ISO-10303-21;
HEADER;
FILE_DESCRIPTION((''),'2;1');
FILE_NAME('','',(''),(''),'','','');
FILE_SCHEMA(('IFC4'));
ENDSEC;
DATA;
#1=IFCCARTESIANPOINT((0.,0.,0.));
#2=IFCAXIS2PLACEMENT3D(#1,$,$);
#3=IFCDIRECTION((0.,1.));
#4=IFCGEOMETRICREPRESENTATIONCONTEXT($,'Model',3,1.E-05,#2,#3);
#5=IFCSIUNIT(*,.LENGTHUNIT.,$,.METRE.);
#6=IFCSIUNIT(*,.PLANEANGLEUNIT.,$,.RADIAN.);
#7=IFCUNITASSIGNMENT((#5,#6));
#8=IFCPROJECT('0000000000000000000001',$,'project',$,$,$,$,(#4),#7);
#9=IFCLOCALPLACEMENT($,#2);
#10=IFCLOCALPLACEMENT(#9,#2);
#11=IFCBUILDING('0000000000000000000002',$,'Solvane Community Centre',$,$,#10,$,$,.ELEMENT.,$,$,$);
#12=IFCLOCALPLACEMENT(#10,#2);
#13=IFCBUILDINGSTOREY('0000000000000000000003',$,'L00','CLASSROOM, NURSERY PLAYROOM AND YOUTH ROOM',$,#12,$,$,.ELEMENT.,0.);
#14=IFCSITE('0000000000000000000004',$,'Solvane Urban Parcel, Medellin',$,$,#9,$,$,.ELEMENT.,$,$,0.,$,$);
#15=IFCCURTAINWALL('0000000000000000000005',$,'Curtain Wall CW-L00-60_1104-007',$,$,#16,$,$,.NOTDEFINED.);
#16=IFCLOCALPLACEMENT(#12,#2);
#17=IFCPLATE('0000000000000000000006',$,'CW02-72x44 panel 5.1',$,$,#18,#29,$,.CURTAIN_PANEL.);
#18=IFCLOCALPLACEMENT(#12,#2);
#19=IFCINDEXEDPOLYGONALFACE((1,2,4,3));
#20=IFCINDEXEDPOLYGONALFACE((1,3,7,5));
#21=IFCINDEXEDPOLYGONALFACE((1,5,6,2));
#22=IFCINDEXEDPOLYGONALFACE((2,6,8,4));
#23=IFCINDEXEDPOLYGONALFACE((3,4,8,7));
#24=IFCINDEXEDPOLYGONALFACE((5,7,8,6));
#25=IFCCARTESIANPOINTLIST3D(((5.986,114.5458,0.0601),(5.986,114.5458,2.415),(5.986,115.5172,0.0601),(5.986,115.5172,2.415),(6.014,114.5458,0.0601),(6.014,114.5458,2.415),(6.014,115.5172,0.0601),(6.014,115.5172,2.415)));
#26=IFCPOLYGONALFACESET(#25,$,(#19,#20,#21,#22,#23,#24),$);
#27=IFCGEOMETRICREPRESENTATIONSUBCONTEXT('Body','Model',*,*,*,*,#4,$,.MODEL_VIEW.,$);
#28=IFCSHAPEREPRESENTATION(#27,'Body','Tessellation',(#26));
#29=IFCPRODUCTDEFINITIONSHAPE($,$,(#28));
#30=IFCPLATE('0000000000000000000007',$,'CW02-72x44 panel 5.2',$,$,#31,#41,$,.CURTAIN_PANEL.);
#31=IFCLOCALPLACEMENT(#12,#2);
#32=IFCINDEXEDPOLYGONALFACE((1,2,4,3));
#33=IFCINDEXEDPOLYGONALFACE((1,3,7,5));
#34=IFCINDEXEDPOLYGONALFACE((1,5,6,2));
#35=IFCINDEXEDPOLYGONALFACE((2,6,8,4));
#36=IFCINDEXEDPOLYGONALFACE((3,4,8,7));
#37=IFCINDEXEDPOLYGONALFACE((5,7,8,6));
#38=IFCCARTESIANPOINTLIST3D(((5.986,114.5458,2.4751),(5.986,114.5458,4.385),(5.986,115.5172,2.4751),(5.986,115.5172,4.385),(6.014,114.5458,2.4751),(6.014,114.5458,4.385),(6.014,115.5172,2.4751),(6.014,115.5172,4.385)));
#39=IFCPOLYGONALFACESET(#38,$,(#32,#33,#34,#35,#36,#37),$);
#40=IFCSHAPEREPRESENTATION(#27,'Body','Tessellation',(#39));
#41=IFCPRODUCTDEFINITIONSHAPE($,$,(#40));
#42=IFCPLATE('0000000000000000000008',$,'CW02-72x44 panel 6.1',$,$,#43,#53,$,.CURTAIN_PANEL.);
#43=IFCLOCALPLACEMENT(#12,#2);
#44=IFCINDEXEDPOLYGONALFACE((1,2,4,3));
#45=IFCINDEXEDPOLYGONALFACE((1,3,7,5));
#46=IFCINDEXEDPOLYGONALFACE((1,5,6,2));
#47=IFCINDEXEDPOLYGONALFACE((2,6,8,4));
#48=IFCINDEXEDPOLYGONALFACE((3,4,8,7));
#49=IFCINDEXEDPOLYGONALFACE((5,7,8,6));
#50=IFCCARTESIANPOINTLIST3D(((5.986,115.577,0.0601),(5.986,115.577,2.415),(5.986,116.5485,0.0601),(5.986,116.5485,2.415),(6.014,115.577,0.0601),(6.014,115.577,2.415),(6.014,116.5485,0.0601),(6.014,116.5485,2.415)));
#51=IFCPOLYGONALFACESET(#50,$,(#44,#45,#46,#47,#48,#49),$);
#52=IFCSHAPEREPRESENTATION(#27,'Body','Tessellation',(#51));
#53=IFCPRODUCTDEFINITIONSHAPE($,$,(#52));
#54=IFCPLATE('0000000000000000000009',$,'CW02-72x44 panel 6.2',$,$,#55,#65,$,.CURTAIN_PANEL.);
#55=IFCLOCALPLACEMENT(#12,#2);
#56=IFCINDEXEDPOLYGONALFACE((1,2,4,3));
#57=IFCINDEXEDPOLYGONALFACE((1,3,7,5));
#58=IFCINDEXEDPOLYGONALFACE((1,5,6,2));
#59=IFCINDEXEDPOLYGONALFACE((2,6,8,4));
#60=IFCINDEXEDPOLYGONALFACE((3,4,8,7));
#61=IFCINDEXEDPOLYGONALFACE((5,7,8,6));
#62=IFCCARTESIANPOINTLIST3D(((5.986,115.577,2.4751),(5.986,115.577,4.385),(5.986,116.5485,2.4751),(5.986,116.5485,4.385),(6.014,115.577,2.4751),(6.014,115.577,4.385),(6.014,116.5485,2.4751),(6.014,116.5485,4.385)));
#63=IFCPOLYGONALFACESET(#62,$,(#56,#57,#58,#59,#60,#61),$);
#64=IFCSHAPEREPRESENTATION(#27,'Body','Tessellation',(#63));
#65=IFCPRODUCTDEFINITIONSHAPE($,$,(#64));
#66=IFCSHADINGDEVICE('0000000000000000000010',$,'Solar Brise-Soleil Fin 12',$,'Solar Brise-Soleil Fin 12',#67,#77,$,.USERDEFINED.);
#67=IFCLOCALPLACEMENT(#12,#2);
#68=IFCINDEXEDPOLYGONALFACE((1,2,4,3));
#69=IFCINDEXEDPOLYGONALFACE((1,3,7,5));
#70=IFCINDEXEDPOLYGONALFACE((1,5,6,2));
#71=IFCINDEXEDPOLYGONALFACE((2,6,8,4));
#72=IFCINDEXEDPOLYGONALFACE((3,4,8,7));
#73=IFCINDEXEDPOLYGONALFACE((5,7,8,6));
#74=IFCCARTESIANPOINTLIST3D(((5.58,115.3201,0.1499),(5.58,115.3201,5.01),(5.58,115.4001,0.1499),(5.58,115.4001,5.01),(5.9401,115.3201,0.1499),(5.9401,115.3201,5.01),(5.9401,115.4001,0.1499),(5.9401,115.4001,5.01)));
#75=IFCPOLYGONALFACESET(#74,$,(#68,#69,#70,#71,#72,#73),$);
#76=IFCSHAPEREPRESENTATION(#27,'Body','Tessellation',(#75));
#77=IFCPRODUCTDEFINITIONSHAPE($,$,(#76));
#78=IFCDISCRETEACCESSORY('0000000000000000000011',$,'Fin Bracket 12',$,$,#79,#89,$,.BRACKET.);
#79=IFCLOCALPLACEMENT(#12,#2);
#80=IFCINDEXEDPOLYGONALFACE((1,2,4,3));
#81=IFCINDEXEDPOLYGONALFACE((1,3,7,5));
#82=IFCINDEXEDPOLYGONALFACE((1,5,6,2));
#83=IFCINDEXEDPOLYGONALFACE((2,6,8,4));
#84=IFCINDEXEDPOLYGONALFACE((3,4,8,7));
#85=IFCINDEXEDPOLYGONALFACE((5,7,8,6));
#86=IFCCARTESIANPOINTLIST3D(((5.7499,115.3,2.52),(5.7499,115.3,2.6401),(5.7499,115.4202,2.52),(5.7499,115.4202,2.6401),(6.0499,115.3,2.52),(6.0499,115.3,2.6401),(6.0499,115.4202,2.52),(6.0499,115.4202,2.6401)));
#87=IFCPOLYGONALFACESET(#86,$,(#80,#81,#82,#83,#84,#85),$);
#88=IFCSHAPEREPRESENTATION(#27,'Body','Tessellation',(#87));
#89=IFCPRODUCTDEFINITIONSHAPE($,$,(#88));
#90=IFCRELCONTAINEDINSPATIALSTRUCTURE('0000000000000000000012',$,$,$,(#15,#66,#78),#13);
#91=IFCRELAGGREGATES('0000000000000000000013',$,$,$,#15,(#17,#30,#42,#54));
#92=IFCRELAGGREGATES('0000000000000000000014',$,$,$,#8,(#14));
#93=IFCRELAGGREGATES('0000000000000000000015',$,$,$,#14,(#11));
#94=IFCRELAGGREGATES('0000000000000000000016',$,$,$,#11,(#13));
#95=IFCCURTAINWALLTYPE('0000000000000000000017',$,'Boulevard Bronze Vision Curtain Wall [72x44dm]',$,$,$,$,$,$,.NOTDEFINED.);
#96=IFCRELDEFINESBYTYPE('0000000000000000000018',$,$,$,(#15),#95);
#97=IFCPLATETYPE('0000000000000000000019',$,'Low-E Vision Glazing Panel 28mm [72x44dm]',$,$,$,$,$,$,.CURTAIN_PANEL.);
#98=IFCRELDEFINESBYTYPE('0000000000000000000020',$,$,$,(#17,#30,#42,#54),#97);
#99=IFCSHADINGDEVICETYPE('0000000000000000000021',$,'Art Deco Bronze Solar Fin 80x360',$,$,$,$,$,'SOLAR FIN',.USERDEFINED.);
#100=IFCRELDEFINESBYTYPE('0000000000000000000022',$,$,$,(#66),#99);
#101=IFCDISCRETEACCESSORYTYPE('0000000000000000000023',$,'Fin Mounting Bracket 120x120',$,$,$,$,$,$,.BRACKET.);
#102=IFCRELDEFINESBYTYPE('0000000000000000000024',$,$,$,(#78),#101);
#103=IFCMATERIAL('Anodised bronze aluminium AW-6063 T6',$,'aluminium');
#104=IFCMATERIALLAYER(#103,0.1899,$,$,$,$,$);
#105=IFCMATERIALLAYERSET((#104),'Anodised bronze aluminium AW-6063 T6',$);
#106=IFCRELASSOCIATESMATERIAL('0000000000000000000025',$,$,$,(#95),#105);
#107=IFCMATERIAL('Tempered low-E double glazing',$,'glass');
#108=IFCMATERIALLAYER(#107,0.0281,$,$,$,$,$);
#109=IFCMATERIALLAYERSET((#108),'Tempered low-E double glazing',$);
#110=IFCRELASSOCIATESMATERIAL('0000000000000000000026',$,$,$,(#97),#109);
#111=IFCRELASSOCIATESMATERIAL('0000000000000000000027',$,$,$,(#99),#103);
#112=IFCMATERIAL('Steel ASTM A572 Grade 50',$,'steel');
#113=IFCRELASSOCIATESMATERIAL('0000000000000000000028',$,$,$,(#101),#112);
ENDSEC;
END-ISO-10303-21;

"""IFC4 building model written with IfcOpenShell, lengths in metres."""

from ifc_helpers import new_model, si_unit, direction, frame, origin, origin_2d, place, context, subcontext, project, spatial, rectangle, extrude, material, layer, layer_set, type_object, element, aggregate, save


model = new_model("IFC4")

# Units and contexts
model_context = context("Model", 3, precision=1e-05, world=origin(), true_north=direction((0.0, 1.0)))
body_context = subcontext(model_context, "Body", "Model", "MODEL_VIEW")
ifc_project = project(units=[si_unit("LENGTHUNIT", "METRE"), si_unit("PLANEANGLEUNIT", "RADIAN")], contexts=[model_context])

# Site, building, storey
site_placement = place(None, origin())
site = spatial("IfcSite", under=ifc_project, at=site_placement, Name="Solvane Urban Parcel, Medellin", CompositionType="ELEMENT", RefElevation=0.0)
building_placement = place(site_placement, origin())
building = spatial("IfcBuilding", under=site, at=building_placement, Name="Solvane Community Centre", CompositionType="ELEMENT")
storey_placement = place(building_placement, origin())
storey = spatial("IfcBuildingStorey", under=building, at=storey_placement, Name="L00", Description="CLASSROOM, NURSERY PLAYROOM AND YOUTH ROOM", CompositionType="ELEMENT", Elevation=0.0)

# Curtain wall, plates
ifc_material_1 = material(Name="Anodised bronze aluminium AW-6063 T6", Category="aluminium")
ifc_layer_1 = layer(ifc_material_1, 0.1899)
ifc_layer_set_1 = layer_set([ifc_layer_1], Name="Anodised bronze aluminium AW-6063 T6")
curtain_wall_type = type_object("IfcCurtainWallType", Name="Boulevard Bronze Vision Curtain Wall [72x44dm]", PredefinedType="NOTDEFINED", material=ifc_layer_set_1)
curtain_wall_placement = place(storey_placement, origin())
curtain_wall = element("IfcCurtainWall", 1, at=curtain_wall_placement, inside=storey, type_object=curtain_wall_type, Name="Curtain Wall CW-L00-60_1104-007", PredefinedType="NOTDEFINED")
ifc_material_2 = material(Name="Tempered low-E double glazing", Category="glass")
ifc_layer_2 = layer(ifc_material_2, 0.0281)
ifc_layer_set_2 = layer_set([ifc_layer_2], Name="Tempered low-E double glazing")
plate_type = type_object("IfcPlateType", Name="Low-E Vision Glazing Panel 28mm [72x44dm]", PredefinedType="CURTAIN_PANEL", material=ifc_layer_set_2)
plate_1_placement = place(storey_placement, frame((6.0, 115.0315, 0.0601), z_axis=(0.0, 0.0, 1.0), x_axis=(0.0, 1.0, 0.0)))
plate_1 = element("IfcPlate", 2, at=plate_1_placement, type_object=plate_type, Name="CW02-72x44 panel 5.1", PredefinedType="CURTAIN_PANEL", context=body_context, shape_type="SweptSolid", body=[
    extrude(rectangle(XDim=0.9714, YDim=0.0281, at=origin_2d()), origin(), (0.0, 0.0, 1.0), 2.355),
])
plate_2_placement = place(storey_placement, frame((6.0, 115.0315, 2.4751), z_axis=(0.0, 0.0, 1.0), x_axis=(0.0, 1.0, 0.0)))
plate_2 = element("IfcPlate", 3, at=plate_2_placement, type_object=plate_type, Name="CW02-72x44 panel 5.2", PredefinedType="CURTAIN_PANEL", context=body_context, shape_type="SweptSolid", body=[
    extrude(rectangle(XDim=0.9714, YDim=0.0281, at=origin_2d()), origin(), (0.0, 0.0, 1.0), 1.9099),
])
plate_3_placement = place(storey_placement, frame((6.0, 116.0627, 0.0601), z_axis=(0.0, 0.0, 1.0), x_axis=(0.0, 1.0, 0.0)))
plate_3 = element("IfcPlate", 4, at=plate_3_placement, type_object=plate_type, Name="CW02-72x44 panel 6.1", PredefinedType="CURTAIN_PANEL", context=body_context, shape_type="SweptSolid", body=[
    extrude(rectangle(XDim=0.9714, YDim=0.0281, at=origin_2d()), origin(), (0.0, 0.0, 1.0), 2.355),
])
plate_4_placement = place(storey_placement, frame((6.0, 116.0627, 2.4751), z_axis=(0.0, 0.0, 1.0), x_axis=(0.0, 1.0, 0.0)))
plate_4 = element("IfcPlate", 5, at=plate_4_placement, type_object=plate_type, Name="CW02-72x44 panel 6.2", PredefinedType="CURTAIN_PANEL", context=body_context, shape_type="SweptSolid", body=[
    extrude(rectangle(XDim=0.9714, YDim=0.0281, at=origin_2d()), origin(), (0.0, 0.0, 1.0), 1.9099),
])
aggregate(curtain_wall, [plate_1, plate_2, plate_3, plate_4])

# Shading device
shading_device_type = type_object("IfcShadingDeviceType", Name="Art Deco Bronze Solar Fin 80x360", ElementType="SOLAR FIN", PredefinedType="USERDEFINED", material=ifc_material_1)
shading_device_placement = place(storey_placement, frame((5.76, 115.3601, 0.1499), z_axis=(0.0, 0.0, 1.0), x_axis=(0.0, 1.0, 0.0)))
element("IfcShadingDevice", 6, at=shading_device_placement, inside=storey, type_object=shading_device_type, Name="Solar Brise-Soleil Fin 12", ObjectType="Solar Brise-Soleil Fin 12", PredefinedType="USERDEFINED", context=body_context, shape_type="SweptSolid", body=[
    extrude(rectangle(XDim=0.0801, YDim=0.3601, at=origin_2d()), origin(), (0.0, 0.0, 1.0), 4.8601),
])

# Discrete accessory
ifc_material_3 = material(Name="Steel ASTM A572 Grade 50", Category="steel")
discrete_accessory_type = type_object("IfcDiscreteAccessoryType", Name="Fin Mounting Bracket 120x120", PredefinedType="BRACKET", material=ifc_material_3)
discrete_accessory_placement = place(storey_placement, frame((5.8999, 115.3601, 2.52), z_axis=(0.0, 0.0, 1.0), x_axis=(0.0, 1.0, 0.0)))
element("IfcDiscreteAccessory", 7, at=discrete_accessory_placement, inside=storey, type_object=discrete_accessory_type, Name="Fin Bracket 12", PredefinedType="BRACKET", context=body_context, shape_type="SweptSolid", body=[
    extrude(rectangle(XDim=0.1201, YDim=0.3, at=origin_2d()), origin(), (0.0, 0.0, 1.0), 0.1201),
])

save(model, "model.ifc")
